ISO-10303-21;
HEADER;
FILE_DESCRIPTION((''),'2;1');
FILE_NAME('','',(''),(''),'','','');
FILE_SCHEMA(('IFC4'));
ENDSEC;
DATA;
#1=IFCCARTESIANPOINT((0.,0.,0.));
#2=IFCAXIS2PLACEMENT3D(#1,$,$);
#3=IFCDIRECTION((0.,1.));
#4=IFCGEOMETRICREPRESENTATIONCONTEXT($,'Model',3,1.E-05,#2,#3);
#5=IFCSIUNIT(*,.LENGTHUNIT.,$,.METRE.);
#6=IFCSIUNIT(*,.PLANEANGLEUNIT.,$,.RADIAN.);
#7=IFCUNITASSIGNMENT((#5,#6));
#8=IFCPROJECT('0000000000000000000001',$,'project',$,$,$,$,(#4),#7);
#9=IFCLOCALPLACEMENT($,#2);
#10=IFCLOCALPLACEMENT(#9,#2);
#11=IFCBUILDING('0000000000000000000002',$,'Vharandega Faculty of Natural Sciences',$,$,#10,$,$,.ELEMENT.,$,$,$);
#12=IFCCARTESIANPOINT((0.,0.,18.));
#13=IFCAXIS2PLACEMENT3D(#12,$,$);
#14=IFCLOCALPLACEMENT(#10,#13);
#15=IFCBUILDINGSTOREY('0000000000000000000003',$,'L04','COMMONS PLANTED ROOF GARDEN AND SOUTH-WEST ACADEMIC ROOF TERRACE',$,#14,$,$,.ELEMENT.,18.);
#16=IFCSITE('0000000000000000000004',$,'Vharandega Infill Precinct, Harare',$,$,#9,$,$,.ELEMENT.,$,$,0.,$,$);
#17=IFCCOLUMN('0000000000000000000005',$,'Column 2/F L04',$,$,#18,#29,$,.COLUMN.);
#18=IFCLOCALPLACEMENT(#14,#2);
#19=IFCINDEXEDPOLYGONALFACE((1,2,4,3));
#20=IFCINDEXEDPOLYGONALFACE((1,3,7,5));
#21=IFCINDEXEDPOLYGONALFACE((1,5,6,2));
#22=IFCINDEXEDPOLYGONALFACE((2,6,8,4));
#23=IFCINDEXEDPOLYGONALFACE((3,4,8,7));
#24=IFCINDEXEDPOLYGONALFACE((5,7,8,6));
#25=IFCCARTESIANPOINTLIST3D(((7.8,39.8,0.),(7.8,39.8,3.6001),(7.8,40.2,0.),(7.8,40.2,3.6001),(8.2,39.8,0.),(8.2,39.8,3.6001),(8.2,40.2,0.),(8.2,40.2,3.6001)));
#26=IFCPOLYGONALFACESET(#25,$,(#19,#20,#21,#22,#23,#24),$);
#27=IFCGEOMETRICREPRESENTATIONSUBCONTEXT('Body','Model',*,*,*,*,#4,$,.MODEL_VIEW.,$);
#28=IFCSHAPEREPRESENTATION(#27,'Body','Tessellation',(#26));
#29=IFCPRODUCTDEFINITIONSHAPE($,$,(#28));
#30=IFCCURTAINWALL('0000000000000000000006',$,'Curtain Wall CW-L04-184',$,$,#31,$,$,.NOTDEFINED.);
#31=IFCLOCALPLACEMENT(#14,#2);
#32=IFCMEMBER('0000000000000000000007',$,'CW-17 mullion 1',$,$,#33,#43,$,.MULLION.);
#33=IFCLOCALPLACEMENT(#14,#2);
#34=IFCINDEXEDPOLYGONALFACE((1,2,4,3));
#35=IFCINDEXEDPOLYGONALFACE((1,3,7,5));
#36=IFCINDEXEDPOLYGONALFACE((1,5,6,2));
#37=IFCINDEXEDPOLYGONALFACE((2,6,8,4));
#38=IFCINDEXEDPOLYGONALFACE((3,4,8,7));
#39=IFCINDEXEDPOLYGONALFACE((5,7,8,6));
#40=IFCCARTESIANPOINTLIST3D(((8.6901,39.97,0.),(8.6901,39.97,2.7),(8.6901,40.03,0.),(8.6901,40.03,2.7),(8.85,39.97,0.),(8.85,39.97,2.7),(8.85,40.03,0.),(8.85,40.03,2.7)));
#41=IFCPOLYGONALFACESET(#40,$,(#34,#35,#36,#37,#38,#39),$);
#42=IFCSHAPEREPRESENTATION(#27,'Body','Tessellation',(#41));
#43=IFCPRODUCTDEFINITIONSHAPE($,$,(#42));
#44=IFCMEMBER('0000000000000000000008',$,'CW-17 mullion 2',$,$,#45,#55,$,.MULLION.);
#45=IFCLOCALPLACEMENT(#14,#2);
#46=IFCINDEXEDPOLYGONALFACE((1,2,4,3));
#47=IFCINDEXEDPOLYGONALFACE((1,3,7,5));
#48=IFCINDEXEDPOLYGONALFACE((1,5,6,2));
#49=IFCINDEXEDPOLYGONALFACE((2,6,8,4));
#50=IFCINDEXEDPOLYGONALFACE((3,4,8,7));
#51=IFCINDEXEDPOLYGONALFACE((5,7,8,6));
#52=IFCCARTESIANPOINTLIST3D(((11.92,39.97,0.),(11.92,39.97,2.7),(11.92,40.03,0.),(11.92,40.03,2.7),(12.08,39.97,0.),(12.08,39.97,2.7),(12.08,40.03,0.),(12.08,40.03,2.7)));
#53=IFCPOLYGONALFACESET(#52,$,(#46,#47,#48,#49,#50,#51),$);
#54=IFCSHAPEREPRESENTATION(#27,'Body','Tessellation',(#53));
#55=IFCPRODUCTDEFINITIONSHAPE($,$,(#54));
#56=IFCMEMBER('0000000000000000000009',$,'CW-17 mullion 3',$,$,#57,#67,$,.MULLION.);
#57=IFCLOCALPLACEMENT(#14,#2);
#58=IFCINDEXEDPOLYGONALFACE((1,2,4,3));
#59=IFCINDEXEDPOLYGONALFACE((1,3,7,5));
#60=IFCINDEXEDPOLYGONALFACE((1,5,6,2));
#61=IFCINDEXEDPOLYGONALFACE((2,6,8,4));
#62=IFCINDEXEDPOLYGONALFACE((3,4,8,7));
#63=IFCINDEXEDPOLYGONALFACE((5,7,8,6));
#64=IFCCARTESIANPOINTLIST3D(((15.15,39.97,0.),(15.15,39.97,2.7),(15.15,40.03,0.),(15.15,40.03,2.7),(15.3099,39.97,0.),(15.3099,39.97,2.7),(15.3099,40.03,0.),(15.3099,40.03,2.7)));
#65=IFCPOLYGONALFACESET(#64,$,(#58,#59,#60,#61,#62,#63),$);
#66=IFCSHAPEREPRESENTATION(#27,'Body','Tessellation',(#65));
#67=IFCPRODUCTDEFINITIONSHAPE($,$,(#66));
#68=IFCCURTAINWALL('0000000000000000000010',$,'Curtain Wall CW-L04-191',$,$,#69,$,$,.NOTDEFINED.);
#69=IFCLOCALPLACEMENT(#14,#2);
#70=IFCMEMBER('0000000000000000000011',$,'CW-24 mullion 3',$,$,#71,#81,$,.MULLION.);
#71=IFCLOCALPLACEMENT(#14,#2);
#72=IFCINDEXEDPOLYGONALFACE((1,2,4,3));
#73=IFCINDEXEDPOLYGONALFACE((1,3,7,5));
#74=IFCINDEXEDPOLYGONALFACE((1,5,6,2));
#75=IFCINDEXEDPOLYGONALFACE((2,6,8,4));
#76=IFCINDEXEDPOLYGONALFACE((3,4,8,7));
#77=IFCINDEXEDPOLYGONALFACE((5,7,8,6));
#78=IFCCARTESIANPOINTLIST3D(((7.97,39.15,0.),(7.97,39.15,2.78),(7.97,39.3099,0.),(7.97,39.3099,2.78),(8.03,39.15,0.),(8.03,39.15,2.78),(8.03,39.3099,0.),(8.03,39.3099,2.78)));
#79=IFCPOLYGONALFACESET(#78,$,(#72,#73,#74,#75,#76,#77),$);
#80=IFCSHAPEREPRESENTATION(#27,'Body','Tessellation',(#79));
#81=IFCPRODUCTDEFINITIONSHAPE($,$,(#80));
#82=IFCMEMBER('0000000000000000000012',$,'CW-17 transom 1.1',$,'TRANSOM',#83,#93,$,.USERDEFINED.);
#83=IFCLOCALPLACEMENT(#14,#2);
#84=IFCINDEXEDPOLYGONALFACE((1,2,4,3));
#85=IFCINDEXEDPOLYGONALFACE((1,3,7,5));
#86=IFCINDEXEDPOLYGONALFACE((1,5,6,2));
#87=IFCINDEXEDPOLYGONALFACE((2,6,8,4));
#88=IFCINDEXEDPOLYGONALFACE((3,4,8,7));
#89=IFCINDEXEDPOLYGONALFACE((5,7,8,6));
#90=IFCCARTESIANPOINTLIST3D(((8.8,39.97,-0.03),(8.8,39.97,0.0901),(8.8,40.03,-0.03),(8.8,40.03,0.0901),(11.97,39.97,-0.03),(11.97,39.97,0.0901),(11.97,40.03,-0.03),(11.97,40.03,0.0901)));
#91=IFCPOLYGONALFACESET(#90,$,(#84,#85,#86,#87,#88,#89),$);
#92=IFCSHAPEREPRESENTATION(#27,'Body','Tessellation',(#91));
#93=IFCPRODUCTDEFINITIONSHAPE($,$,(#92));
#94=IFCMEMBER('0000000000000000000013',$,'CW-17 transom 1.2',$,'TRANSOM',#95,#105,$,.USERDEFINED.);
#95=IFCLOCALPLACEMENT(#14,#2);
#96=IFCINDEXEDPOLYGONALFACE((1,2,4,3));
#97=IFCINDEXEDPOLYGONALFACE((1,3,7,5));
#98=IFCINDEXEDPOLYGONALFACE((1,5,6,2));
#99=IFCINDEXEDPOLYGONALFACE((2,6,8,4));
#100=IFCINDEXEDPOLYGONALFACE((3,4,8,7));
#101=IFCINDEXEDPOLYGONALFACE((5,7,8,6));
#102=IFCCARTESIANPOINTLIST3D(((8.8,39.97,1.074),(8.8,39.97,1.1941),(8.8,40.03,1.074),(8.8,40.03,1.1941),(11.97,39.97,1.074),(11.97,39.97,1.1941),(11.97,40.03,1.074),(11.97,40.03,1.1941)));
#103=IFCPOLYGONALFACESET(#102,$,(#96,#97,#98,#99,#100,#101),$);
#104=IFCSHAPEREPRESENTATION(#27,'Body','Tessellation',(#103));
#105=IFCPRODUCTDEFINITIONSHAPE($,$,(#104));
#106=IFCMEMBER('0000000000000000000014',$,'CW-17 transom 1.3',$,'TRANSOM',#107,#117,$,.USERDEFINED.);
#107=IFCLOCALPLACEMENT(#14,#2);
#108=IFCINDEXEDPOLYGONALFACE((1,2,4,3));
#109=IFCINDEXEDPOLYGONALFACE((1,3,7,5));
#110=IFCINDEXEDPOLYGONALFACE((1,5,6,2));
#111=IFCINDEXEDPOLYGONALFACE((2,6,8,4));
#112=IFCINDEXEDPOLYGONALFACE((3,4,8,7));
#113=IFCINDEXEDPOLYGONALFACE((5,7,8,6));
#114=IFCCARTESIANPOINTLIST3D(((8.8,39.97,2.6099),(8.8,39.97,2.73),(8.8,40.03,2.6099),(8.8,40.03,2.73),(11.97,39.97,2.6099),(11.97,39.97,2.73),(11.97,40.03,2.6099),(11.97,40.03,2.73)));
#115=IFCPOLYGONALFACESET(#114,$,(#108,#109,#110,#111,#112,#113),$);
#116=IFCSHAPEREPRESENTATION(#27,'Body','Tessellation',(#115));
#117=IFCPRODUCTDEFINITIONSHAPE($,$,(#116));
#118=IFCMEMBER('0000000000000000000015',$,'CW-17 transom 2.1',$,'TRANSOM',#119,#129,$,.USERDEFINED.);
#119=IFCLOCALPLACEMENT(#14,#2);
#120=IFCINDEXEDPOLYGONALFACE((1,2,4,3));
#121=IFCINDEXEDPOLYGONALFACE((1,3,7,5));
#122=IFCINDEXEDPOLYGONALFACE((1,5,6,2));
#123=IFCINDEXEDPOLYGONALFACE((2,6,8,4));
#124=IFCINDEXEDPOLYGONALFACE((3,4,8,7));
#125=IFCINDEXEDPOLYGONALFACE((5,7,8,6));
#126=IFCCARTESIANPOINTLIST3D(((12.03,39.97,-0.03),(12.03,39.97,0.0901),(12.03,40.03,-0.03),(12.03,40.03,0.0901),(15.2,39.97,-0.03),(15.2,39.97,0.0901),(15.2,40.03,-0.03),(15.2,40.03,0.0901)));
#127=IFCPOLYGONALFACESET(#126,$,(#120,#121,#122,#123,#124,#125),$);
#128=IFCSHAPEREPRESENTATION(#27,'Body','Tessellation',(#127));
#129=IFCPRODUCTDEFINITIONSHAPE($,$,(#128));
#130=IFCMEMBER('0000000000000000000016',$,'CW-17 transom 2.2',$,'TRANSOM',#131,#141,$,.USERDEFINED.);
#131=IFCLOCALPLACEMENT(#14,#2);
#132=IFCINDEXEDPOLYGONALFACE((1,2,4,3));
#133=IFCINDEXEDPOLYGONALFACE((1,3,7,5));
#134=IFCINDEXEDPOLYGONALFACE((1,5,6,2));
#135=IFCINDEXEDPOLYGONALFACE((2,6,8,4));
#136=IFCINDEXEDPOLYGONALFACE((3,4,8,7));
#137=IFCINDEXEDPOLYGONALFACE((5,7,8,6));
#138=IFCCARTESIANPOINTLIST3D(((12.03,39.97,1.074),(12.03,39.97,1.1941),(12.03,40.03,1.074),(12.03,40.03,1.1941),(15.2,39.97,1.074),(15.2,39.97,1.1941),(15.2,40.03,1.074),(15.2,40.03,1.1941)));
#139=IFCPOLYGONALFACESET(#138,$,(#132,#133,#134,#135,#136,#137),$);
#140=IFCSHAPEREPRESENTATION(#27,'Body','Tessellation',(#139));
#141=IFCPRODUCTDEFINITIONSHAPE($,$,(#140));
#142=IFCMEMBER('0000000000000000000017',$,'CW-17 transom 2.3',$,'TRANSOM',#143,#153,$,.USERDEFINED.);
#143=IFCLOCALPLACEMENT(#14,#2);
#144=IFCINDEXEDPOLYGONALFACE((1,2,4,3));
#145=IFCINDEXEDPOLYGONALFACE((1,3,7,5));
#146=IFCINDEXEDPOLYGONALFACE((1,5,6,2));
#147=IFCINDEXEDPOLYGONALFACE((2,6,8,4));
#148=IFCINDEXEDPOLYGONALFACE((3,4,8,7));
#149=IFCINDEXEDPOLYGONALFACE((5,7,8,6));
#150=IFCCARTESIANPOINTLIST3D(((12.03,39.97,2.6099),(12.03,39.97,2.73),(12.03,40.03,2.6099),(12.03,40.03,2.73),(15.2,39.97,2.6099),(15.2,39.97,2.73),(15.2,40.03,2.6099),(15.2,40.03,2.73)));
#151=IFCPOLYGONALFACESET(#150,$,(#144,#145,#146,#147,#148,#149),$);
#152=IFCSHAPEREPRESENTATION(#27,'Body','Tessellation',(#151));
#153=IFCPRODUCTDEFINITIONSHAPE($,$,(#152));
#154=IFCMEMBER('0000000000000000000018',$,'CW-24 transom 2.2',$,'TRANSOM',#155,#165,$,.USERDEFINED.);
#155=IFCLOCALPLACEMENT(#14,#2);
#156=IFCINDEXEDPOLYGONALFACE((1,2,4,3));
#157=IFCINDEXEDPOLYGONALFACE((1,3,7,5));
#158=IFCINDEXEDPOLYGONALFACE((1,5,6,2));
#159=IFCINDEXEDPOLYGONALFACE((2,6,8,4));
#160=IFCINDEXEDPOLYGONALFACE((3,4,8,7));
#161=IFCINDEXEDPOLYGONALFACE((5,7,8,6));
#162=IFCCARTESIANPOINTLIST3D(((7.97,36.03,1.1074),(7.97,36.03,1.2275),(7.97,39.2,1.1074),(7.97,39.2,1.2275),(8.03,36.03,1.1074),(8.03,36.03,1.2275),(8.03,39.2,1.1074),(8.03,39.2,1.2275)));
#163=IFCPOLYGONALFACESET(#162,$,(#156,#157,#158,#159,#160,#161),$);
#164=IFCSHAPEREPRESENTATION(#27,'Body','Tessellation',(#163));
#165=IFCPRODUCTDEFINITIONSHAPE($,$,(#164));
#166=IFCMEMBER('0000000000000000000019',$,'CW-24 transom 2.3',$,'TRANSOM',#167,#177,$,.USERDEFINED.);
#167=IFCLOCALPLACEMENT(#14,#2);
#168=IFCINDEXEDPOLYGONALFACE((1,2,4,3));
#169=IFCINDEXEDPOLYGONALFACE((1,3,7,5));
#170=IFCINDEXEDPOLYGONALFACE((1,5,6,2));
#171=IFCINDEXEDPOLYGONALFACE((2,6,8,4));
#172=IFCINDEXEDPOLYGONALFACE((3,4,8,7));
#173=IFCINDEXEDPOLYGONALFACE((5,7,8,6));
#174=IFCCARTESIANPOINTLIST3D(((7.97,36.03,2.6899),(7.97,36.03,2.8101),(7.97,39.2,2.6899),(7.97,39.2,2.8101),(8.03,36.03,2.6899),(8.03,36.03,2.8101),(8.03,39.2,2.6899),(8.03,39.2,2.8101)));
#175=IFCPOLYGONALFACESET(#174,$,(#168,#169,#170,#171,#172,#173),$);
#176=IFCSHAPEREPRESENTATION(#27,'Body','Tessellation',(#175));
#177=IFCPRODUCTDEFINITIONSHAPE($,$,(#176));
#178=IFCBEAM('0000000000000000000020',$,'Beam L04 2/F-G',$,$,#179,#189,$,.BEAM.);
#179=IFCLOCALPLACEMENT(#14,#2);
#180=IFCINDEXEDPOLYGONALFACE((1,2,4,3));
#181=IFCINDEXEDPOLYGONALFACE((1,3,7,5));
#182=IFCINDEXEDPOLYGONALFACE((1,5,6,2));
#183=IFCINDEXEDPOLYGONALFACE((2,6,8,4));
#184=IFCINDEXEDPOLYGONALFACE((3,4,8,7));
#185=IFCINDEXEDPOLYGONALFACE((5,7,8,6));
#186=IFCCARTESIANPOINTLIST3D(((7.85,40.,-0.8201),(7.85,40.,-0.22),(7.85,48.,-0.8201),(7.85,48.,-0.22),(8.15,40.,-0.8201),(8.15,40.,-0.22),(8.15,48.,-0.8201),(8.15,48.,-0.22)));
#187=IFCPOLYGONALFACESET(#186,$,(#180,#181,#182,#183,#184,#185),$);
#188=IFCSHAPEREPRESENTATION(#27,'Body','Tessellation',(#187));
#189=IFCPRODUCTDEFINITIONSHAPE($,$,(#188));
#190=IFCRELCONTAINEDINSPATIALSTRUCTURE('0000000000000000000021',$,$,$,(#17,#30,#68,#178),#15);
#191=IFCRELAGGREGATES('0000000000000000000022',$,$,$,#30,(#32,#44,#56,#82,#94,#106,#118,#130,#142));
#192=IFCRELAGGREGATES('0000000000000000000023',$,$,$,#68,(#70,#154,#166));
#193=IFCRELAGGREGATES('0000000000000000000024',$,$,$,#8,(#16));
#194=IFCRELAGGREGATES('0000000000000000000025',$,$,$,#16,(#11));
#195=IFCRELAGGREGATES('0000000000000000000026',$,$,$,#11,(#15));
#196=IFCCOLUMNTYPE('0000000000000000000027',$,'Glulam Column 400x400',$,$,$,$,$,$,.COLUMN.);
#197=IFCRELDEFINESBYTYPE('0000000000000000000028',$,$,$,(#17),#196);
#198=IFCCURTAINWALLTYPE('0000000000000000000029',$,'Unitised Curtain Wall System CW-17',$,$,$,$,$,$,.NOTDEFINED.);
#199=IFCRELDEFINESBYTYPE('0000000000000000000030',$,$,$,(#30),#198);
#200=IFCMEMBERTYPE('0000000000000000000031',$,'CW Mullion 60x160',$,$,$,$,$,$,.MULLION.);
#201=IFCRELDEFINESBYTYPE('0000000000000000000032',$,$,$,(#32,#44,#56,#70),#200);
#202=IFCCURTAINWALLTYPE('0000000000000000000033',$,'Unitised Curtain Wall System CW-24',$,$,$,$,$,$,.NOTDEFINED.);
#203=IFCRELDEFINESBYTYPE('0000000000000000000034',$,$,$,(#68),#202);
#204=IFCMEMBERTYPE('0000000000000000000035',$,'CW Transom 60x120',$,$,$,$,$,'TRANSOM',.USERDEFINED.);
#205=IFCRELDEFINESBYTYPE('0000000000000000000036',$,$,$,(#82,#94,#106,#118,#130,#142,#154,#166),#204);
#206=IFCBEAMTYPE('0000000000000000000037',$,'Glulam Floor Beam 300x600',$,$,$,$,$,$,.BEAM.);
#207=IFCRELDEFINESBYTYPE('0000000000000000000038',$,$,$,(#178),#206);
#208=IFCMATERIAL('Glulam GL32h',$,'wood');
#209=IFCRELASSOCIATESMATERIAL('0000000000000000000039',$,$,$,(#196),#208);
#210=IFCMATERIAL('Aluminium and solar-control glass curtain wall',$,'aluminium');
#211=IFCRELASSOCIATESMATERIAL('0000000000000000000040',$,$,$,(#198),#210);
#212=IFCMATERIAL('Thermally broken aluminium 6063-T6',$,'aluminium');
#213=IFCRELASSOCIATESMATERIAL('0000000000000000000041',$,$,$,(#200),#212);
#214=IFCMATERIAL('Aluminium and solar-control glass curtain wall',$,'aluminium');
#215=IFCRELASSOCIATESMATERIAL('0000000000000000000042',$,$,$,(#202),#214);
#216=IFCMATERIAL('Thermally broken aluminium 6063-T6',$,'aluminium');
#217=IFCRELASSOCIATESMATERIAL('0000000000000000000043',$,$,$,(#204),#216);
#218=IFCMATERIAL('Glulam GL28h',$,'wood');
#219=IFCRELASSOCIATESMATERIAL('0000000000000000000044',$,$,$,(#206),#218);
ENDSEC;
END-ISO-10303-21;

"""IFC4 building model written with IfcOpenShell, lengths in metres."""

from ifc_helpers import new_model, si_unit, direction, frame, origin, origin_2d, place, context, subcontext, project, spatial, rectangle, extrude, material, material_profile, profile_set, type_object, element, aggregate, save


model = new_model("IFC4")

# Units and contexts
model_context = context("Model", 3, precision=1e-05, world=origin(), true_north=direction((0.0, 1.0)))
body_context = subcontext(model_context, "Body", "Model", "MODEL_VIEW")
ifc_project = project(units=[si_unit("LENGTHUNIT", "METRE"), si_unit("PLANEANGLEUNIT", "RADIAN")], contexts=[model_context])

# Site, building, storey
site_placement = place(None, origin())
site = spatial("IfcSite", under=ifc_project, at=site_placement, Name="Vharandega Infill Precinct, Harare", CompositionType="ELEMENT", RefElevation=0.0)
building_placement = place(site_placement, origin())
building = spatial("IfcBuilding", under=site, at=building_placement, Name="Vharandega Faculty of Natural Sciences", CompositionType="ELEMENT")
storey_placement = place(building_placement, frame((0.0, 0.0, 18.0)))
storey = spatial("IfcBuildingStorey", under=building, at=storey_placement, Name="L04", Description="COMMONS PLANTED ROOF GARDEN AND SOUTH-WEST ACADEMIC ROOF TERRACE", CompositionType="ELEMENT", Elevation=18.0)

# Column
ifc_material_1 = material(Name="Glulam GL32h", Category="wood")
ifc_material_profile_1 = material_profile(ifc_material_1, rectangle(XDim=0.3999, YDim=0.3999, at=origin_2d()), Name="GL32h 400x400")
ifc_profile_set_1 = profile_set([ifc_material_profile_1], Name="Glulam GL32h")
column_type = type_object("IfcColumnType", Name="Glulam Column 400x400", PredefinedType="COLUMN", material=ifc_profile_set_1)
column_placement = place(storey_placement, frame((8.0, 40.0, 0.0), z_axis=(0.0, 0.0, 1.0), x_axis=(1.0, 0.0, 0.0)))
element("IfcColumn", 1, at=column_placement, inside=storey, type_object=column_type, Name="Column 2/F L04", PredefinedType="COLUMN", context=body_context, shape_type="SweptSolid", body=[
    extrude(rectangle(XDim=0.3999, YDim=0.3999, at=origin_2d()), origin(), (0.0, 0.0, 1.0), 3.6001),
])

# Curtain wall, members
ifc_material_2 = material(Name="Aluminium and solar-control glass curtain wall", Category="aluminium")
curtain_wall_type_1 = type_object("IfcCurtainWallType", Name="Unitised Curtain Wall System CW-17", PredefinedType="NOTDEFINED", material=ifc_material_2)
curtain_wall_1_placement = place(storey_placement, origin())
curtain_wall_1 = element("IfcCurtainWall", 2, at=curtain_wall_1_placement, inside=storey, type_object=curtain_wall_type_1, Name="Curtain Wall CW-L04-184", PredefinedType="NOTDEFINED")
ifc_material_3 = material(Name="Thermally broken aluminium 6063-T6", Category="aluminium")
ifc_material_profile_2 = material_profile(ifc_material_3, rectangle(XDim=0.0601, YDim=0.1599, at=origin_2d()), Name="ALU 60x160")
ifc_profile_set_2 = profile_set([ifc_material_profile_2], Name="Thermally broken aluminium 6063-T6")
member_type_1 = type_object("IfcMemberType", Name="CW Mullion 60x160", PredefinedType="MULLION", material=ifc_profile_set_2)
member_1_placement = place(storey_placement, frame((8.77, 40.0, 0.0), z_axis=(0.0, 0.0, 1.0), x_axis=(0.0, 1.0, 0.0)))
member_1 = element("IfcMember", 3, at=member_1_placement, type_object=member_type_1, Name="CW-17 mullion 1", PredefinedType="MULLION", context=body_context, shape_type="SweptSolid", body=[
    extrude(rectangle(XDim=0.0601, YDim=0.1599, at=origin_2d()), origin(), (0.0, 0.0, 1.0), 2.7),
])
member_2_placement = place(storey_placement, frame((12.0, 40.0, 0.0), z_axis=(0.0, 0.0, 1.0), x_axis=(0.0, 1.0, 0.0)))
member_2 = element("IfcMember", 4, at=member_2_placement, type_object=member_type_1, Name="CW-17 mullion 2", PredefinedType="MULLION", context=body_context, shape_type="SweptSolid", body=[
    extrude(rectangle(XDim=0.0601, YDim=0.1599, at=origin_2d()), origin(), (0.0, 0.0, 1.0), 2.7),
])
member_3_placement = place(storey_placement, frame((15.23, 40.0, 0.0), z_axis=(0.0, 0.0, 1.0), x_axis=(0.0, 1.0, 0.0)))
member_3 = element("IfcMember", 5, at=member_3_placement, type_object=member_type_1, Name="CW-17 mullion 3", PredefinedType="MULLION", context=body_context, shape_type="SweptSolid", body=[
    extrude(rectangle(XDim=0.0601, YDim=0.1599, at=origin_2d()), origin(), (0.0, 0.0, 1.0), 2.7),
])

# Curtain wall, member
ifc_material_4 = material(Name="Aluminium and solar-control glass curtain wall", Category="aluminium")
curtain_wall_type_2 = type_object("IfcCurtainWallType", Name="Unitised Curtain Wall System CW-24", PredefinedType="NOTDEFINED", material=ifc_material_4)
curtain_wall_2_placement = place(storey_placement, origin())
curtain_wall_2 = element("IfcCurtainWall", 6, at=curtain_wall_2_placement, inside=storey, type_object=curtain_wall_type_2, Name="Curtain Wall CW-L04-191", PredefinedType="NOTDEFINED")
member_4_placement = place(storey_placement, frame((8.0, 39.23, 0.0), z_axis=(0.0, 0.0, 1.0), x_axis=(-1.0, 0.0, 0.0)))
member_4 = element("IfcMember", 7, at=member_4_placement, type_object=member_type_1, Name="CW-24 mullion 3", PredefinedType="MULLION", context=body_context, shape_type="SweptSolid", body=[
    extrude(rectangle(XDim=0.0601, YDim=0.1599, at=origin_2d()), origin(), (0.0, 0.0, 1.0), 2.78),
])

# Members
ifc_material_5 = material(Name="Thermally broken aluminium 6063-T6", Category="aluminium")
ifc_material_profile_3 = material_profile(ifc_material_5, rectangle(XDim=0.0601, YDim=0.1201, at=origin_2d()), Name="ALU 60x120")
ifc_profile_set_3 = profile_set([ifc_material_profile_3], Name="Thermally broken aluminium 6063-T6")
member_type_2 = type_object("IfcMemberType", Name="CW Transom 60x120", ElementType="TRANSOM", PredefinedType="USERDEFINED", material=ifc_profile_set_3)
member_5_placement = place(storey_placement, frame((8.8, 40.0, 0.03), z_axis=(1.0, 0.0, 0.0), x_axis=(0.0, 1.0, 0.0)))
member_5 = element("IfcMember", 8, at=member_5_placement, type_object=member_type_2, Name="CW-17 transom 1.1", ObjectType="TRANSOM", PredefinedType="USERDEFINED", context=body_context, shape_type="SweptSolid", body=[
    extrude(rectangle(XDim=0.0601, YDim=0.1201, at=origin_2d()), origin(), (0.0, 0.0, 1.0), 3.1699),
])
member_6_placement = place(storey_placement, frame((8.8, 40.0, 1.134), z_axis=(1.0, 0.0, 0.0), x_axis=(0.0, 1.0, 0.0)))
member_6 = element("IfcMember", 9, at=member_6_placement, type_object=member_type_2, Name="CW-17 transom 1.2", ObjectType="TRANSOM", PredefinedType="USERDEFINED", context=body_context, shape_type="SweptSolid", body=[
    extrude(rectangle(XDim=0.0601, YDim=0.1201, at=origin_2d()), origin(), (0.0, 0.0, 1.0), 3.1699),
])
member_7_placement = place(storey_placement, frame((8.8, 40.0, 2.6699), z_axis=(1.0, 0.0, 0.0), x_axis=(0.0, 1.0, 0.0)))
member_7 = element("IfcMember", 10, at=member_7_placement, type_object=member_type_2, Name="CW-17 transom 1.3", ObjectType="TRANSOM", PredefinedType="USERDEFINED", context=body_context, shape_type="SweptSolid", body=[
    extrude(rectangle(XDim=0.0601, YDim=0.1201, at=origin_2d()), origin(), (0.0, 0.0, 1.0), 3.1699),
])
member_8_placement = place(storey_placement, frame((12.03, 40.0, 0.03), z_axis=(1.0, 0.0, 0.0), x_axis=(0.0, 1.0, 0.0)))
member_8 = element("IfcMember", 11, at=member_8_placement, type_object=member_type_2, Name="CW-17 transom 2.1", ObjectType="TRANSOM", PredefinedType="USERDEFINED", context=body_context, shape_type="SweptSolid", body=[
    extrude(rectangle(XDim=0.0601, YDim=0.1201, at=origin_2d()), origin(), (0.0, 0.0, 1.0), 3.1699),
])
member_9_placement = place(storey_placement, frame((12.03, 40.0, 1.134), z_axis=(1.0, 0.0, 0.0), x_axis=(0.0, 1.0, 0.0)))
member_9 = element("IfcMember", 12, at=member_9_placement, type_object=member_type_2, Name="CW-17 transom 2.2", ObjectType="TRANSOM", PredefinedType="USERDEFINED", context=body_context, shape_type="SweptSolid", body=[
    extrude(rectangle(XDim=0.0601, YDim=0.1201, at=origin_2d()), origin(), (0.0, 0.0, 1.0), 3.1699),
])
member_10_placement = place(storey_placement, frame((12.03, 40.0, 2.6699), z_axis=(1.0, 0.0, 0.0), x_axis=(0.0, 1.0, 0.0)))
member_10 = element("IfcMember", 13, at=member_10_placement, type_object=member_type_2, Name="CW-17 transom 2.3", ObjectType="TRANSOM", PredefinedType="USERDEFINED", context=body_context, shape_type="SweptSolid", body=[
    extrude(rectangle(XDim=0.0601, YDim=0.1201, at=origin_2d()), origin(), (0.0, 0.0, 1.0), 3.1699),
])
member_11_placement = place(storey_placement, frame((8.0, 36.03, 1.1675), z_axis=(0.0, 1.0, 0.0), x_axis=(-1.0, 0.0, 0.0)))
member_11 = element("IfcMember", 14, at=member_11_placement, type_object=member_type_2, Name="CW-24 transom 2.2", ObjectType="TRANSOM", PredefinedType="USERDEFINED", context=body_context, shape_type="SweptSolid", body=[
    extrude(rectangle(XDim=0.0601, YDim=0.1201, at=origin_2d()), origin(), (0.0, 0.0, 1.0), 3.1699),
])
member_12_placement = place(storey_placement, frame((8.0, 36.03, 2.75), z_axis=(0.0, 1.0, 0.0), x_axis=(-1.0, 0.0, 0.0)))
member_12 = element("IfcMember", 15, at=member_12_placement, type_object=member_type_2, Name="CW-24 transom 2.3", ObjectType="TRANSOM", PredefinedType="USERDEFINED", context=body_context, shape_type="SweptSolid", body=[
    extrude(rectangle(XDim=0.0601, YDim=0.1201, at=origin_2d()), origin(), (0.0, 0.0, 1.0), 3.1699),
])

# Beam
ifc_material_6 = material(Name="Glulam GL28h", Category="wood")
ifc_material_profile_4 = material_profile(ifc_material_6, rectangle(XDim=0.3, YDim=0.6001, at=origin_2d()), Name="GL28h 300x600")
ifc_profile_set_4 = profile_set([ifc_material_profile_4], Name="Glulam GL28h")
beam_type_1 = type_object("IfcBeamType", Name="Glulam Floor Beam 300x600", PredefinedType="BEAM", material=ifc_profile_set_4)
beam_1_placement = place(storey_placement, frame((8.0, 40.0, -0.52), z_axis=(0.0, 1.0, 0.0), x_axis=(-1.0, 0.0, 0.0)))
element("IfcBeam", 16, at=beam_1_placement, inside=storey, type_object=beam_type_1, Name="Beam L04 2/F-G", PredefinedType="BEAM", context=body_context, shape_type="SweptSolid", body=[
    extrude(rectangle(XDim=0.3, YDim=0.6001, at=origin_2d()), origin(), (0.0, 0.0, 1.0), 8.0),
])

aggregate(curtain_wall_1, [member_1, member_2, member_3, member_5, member_6, member_7, member_8, member_9, member_10])
aggregate(curtain_wall_2, [member_4, member_11, member_12])

save(model, "model.ifc")
